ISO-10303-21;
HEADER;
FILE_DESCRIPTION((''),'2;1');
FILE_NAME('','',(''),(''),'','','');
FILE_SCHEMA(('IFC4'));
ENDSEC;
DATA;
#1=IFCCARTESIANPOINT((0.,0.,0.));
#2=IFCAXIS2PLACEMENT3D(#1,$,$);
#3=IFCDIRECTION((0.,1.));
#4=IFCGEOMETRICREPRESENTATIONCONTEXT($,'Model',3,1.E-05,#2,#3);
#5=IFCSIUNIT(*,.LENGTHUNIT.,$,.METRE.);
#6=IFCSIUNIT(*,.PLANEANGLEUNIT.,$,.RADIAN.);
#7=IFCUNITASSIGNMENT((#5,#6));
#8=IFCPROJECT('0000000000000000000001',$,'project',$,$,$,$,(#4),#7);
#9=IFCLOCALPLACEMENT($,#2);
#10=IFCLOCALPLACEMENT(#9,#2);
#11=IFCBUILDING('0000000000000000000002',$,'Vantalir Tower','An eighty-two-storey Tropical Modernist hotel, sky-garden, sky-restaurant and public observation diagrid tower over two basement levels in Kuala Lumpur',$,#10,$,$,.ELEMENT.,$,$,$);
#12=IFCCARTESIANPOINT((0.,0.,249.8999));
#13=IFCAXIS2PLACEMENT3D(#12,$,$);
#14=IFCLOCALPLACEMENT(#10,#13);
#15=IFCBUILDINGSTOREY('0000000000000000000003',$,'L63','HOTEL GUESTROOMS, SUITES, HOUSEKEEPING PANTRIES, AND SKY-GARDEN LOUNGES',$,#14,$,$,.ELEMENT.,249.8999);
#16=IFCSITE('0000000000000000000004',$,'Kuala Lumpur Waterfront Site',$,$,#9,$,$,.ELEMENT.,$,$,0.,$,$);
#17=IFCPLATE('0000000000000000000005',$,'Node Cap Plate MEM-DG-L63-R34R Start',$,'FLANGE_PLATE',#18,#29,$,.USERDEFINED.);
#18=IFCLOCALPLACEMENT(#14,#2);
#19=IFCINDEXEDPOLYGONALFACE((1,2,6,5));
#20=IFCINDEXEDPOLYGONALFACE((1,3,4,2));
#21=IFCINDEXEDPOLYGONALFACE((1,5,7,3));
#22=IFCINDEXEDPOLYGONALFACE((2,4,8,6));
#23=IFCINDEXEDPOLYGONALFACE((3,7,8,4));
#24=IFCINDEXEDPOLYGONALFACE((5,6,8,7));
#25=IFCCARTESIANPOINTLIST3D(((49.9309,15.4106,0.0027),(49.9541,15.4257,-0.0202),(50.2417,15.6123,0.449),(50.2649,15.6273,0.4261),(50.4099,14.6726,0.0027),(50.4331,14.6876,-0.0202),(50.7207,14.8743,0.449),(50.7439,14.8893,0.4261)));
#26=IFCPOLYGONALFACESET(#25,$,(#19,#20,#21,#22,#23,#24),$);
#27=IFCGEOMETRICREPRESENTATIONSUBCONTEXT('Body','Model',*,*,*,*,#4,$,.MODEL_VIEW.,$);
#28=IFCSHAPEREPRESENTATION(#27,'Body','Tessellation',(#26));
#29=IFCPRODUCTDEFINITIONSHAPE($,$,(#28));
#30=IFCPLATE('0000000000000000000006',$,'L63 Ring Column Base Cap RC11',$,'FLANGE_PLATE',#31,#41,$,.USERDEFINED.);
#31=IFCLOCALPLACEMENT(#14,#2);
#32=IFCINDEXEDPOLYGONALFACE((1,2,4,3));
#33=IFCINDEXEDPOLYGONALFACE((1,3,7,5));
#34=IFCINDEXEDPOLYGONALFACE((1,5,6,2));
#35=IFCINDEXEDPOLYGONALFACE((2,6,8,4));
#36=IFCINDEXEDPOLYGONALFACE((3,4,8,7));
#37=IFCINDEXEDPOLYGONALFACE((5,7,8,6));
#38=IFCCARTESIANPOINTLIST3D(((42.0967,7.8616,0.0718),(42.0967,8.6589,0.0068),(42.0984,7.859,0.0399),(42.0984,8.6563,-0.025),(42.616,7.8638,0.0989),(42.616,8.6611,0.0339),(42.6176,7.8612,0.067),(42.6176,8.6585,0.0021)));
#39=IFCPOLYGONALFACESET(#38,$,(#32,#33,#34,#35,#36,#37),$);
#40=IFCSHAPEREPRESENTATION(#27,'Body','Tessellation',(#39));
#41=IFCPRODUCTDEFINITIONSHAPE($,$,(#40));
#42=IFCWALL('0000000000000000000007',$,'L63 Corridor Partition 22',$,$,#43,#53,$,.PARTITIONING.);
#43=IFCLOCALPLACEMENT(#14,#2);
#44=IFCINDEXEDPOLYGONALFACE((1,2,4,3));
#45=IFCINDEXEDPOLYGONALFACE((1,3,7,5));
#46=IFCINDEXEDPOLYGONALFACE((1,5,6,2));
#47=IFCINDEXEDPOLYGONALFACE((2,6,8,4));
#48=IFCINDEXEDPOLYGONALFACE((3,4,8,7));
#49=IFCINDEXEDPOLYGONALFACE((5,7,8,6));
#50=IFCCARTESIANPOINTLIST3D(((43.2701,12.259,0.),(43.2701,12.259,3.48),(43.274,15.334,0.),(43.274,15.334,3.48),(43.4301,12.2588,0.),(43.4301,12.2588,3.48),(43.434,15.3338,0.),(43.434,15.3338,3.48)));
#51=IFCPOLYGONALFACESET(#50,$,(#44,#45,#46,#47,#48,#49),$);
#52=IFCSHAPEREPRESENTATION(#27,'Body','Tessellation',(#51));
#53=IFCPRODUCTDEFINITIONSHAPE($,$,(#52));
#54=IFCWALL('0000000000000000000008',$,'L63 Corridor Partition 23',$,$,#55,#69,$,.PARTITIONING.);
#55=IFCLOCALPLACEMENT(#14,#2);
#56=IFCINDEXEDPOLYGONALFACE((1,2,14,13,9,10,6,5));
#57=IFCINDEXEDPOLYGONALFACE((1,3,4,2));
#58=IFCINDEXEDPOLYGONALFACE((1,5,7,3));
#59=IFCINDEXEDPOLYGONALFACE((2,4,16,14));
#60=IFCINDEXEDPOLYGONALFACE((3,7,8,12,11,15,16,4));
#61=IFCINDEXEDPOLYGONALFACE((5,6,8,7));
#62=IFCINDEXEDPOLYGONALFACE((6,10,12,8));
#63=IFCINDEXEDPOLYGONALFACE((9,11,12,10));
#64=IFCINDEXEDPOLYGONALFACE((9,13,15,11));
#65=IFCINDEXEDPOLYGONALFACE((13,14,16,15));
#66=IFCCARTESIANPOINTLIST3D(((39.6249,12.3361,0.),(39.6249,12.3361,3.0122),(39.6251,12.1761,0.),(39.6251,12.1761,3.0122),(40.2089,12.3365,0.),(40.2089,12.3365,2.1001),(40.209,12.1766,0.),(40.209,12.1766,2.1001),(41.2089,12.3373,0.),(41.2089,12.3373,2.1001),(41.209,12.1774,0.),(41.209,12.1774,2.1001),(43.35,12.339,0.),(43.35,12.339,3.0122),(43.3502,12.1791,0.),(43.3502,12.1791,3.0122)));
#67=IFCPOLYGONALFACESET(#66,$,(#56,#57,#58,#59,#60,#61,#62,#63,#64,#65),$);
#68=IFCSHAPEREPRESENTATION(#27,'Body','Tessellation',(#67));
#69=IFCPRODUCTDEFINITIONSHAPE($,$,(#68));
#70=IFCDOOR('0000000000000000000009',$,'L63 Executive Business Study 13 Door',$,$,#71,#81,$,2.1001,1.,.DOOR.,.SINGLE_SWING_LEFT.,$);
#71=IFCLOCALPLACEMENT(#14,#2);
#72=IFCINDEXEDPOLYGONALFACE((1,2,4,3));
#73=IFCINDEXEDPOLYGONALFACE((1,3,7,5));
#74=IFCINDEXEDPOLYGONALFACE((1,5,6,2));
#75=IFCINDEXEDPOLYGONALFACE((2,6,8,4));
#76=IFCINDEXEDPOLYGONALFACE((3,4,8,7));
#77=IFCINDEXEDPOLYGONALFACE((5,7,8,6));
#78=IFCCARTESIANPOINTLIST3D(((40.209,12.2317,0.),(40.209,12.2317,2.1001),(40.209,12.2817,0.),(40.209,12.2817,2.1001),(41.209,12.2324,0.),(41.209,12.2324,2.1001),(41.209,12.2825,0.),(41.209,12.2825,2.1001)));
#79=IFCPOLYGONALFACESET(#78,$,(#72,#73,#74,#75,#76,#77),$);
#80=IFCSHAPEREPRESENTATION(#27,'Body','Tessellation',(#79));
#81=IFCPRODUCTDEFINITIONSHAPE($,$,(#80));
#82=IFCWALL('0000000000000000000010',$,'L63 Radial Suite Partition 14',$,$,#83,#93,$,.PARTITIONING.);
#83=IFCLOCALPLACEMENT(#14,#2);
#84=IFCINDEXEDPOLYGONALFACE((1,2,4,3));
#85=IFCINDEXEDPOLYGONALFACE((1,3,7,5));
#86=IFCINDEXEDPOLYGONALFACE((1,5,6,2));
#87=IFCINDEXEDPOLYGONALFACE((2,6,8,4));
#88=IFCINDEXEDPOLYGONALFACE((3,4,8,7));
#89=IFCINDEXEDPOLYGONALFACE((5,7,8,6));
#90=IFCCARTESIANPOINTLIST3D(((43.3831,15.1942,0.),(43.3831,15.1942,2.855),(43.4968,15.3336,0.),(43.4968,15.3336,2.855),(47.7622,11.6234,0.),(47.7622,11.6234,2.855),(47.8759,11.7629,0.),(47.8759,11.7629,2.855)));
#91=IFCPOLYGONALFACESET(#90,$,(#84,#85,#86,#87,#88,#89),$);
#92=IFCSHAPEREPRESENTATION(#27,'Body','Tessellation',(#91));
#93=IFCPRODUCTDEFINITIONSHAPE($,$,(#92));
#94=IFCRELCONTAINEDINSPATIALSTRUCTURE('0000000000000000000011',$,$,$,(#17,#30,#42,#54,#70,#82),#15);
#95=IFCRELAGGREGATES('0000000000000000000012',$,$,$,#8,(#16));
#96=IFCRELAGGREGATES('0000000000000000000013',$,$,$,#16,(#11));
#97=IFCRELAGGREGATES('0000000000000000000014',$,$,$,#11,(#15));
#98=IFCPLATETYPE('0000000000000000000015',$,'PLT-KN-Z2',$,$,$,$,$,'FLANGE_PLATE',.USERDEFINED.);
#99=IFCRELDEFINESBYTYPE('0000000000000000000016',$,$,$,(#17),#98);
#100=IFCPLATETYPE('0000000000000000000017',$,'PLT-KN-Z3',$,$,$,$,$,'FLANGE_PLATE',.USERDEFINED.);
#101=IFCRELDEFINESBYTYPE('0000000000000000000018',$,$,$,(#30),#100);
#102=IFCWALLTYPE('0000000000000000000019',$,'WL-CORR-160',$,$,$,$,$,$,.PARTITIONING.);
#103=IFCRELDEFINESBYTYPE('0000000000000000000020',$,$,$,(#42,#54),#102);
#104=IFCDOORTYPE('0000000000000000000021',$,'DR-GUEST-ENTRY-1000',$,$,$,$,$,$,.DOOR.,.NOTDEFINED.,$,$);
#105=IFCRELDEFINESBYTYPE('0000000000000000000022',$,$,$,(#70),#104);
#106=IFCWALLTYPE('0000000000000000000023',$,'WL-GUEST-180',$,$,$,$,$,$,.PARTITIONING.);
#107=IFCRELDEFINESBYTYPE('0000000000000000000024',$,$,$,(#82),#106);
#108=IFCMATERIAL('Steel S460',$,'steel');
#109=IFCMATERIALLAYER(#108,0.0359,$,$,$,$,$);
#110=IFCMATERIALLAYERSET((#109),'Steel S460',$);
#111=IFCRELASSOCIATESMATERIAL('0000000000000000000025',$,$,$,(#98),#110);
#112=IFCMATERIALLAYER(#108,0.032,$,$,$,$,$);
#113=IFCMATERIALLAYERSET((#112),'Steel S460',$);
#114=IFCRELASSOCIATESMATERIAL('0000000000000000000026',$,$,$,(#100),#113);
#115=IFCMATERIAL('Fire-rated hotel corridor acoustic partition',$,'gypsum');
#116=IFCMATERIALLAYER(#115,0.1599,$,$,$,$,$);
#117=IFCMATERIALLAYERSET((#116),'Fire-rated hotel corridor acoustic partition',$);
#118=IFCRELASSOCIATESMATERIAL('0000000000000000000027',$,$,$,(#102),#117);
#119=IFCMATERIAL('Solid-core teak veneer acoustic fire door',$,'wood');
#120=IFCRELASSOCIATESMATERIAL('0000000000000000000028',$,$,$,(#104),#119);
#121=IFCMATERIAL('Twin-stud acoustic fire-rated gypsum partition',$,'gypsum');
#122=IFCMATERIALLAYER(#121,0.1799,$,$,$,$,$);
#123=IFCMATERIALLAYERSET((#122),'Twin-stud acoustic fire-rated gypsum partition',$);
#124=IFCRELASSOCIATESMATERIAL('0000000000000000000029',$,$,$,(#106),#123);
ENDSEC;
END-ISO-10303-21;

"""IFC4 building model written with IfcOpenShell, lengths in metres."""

from ifc_helpers import new_model, si_unit, direction, frame, frame_2d, origin, place, context, subcontext, project, spatial, polyline, rectangle, outline, extrude, material, layer, layer_set, type_object, element, fill, save


model = new_model("IFC4")

# Units and contexts
model_context = context("Model", 3, precision=1e-05, world=origin(), true_north=direction((0.0, 1.0)))
body_context = subcontext(model_context, "Body", "Model", "MODEL_VIEW")
ifc_project = project(units=[si_unit("LENGTHUNIT", "METRE"), si_unit("PLANEANGLEUNIT", "RADIAN")], contexts=[model_context])

# Site, building, storey
site_placement = place(None, origin())
site = spatial("IfcSite", under=ifc_project, at=site_placement, Name="Kuala Lumpur Waterfront Site", CompositionType="ELEMENT", RefElevation=0.0)
building_placement = place(site_placement, origin())
building = spatial("IfcBuilding", under=site, at=building_placement, Name="Vantalir Tower", Description="An eighty-two-storey Tropical Modernist hotel, sky-garden, sky-restaurant and public observation diagrid tower over two basement levels in Kuala Lumpur", CompositionType="ELEMENT")
storey_placement = place(building_placement, frame((0.0, 0.0, 249.8999)))
storey = spatial("IfcBuildingStorey", under=building, at=storey_placement, Name="L63", Description="HOTEL GUESTROOMS, SUITES, HOUSEKEEPING PANTRIES, AND SKY-GARDEN LOUNGES", CompositionType="ELEMENT", Elevation=249.8999)

# Shared definitions
ifc_material_1 = material(Name="Steel S460", Category="steel")

# Plates
ifc_layer_1 = layer(ifc_material_1, 0.0359)
ifc_layer_set_1 = layer_set([ifc_layer_1], Name="Steel S460")
plate_type_1 = type_object("IfcPlateType", Name="PLT-KN-Z2", ElementType="FLANGE_PLATE", PredefinedType="USERDEFINED", material=ifc_layer_set_1)
plate_1_placement = place(storey_placement, frame((49.9309, 15.4106, 0.0027), z_axis=(-0.645409, -0.418886, 0.638734), x_axis=(0.544413, -0.838817, 0.0)))
element("IfcPlate", 1, at=plate_1_placement, inside=storey, type_object=plate_type_1, Name="Node Cap Plate MEM-DG-L63-R34R Start", ObjectType="FLANGE_PLATE", PredefinedType="USERDEFINED", context=body_context, shape_type="SweptSolid", body=[
    extrude(outline(polyline([(0.0, 0.0), (0.8799, 0.0), (0.8799, 0.58), (0.0, 0.58), (0.0, 0.0)])), origin(), (0.0, 0.0, -1.0), 0.0359),
])
ifc_layer_2 = layer(ifc_material_1, 0.032)
ifc_layer_set_2 = layer_set([ifc_layer_2], Name="Steel S460")
plate_type_2 = type_object("IfcPlateType", Name="PLT-KN-Z3", ElementType="FLANGE_PLATE", PredefinedType="USERDEFINED", material=ifc_layer_set_2)
plate_2_placement = place(storey_placement, frame((42.0967, 8.6589, 0.0068), z_axis=(-0.052286, 0.081065, 0.995336), x_axis=(0.0, -0.9967, 0.081176)))
element("IfcPlate", 2, at=plate_2_placement, inside=storey, type_object=plate_type_2, Name="L63 Ring Column Base Cap RC11", ObjectType="FLANGE_PLATE", PredefinedType="USERDEFINED", context=body_context, shape_type="SweptSolid", body=[
    extrude(outline(polyline([(0.0, 0.0), (0.8, 0.0), (0.8, 0.52), (0.0, 0.52), (0.0, 0.0)])), origin(), (0.0, 0.0, -1.0), 0.032),
])

# Wall
ifc_material_2 = material(Name="Fire-rated hotel corridor acoustic partition", Category="gypsum")
ifc_layer_3 = layer(ifc_material_2, 0.1599)
ifc_layer_set_3 = layer_set([ifc_layer_3], Name="Fire-rated hotel corridor acoustic partition")
wall_type_1 = type_object("IfcWallType", Name="WL-CORR-160", PredefinedType="PARTITIONING", material=ifc_layer_set_3)
wall_1_placement = place(storey_placement, frame((43.354, 15.334, 0.0), z_axis=(0.0, 0.0, 1.0), x_axis=(-0.00127, -0.999999, 0.0)))
element("IfcWall", 3, at=wall_1_placement, inside=storey, type_object=wall_type_1, Name="L63 Corridor Partition 22", PredefinedType="PARTITIONING", context=body_context, shape_type="SweptSolid", body=[
    extrude(rectangle(XDim=3.075, YDim=0.1599, at=frame_2d((1.5376, 0.0))), origin(), (0.0, 0.0, 1.0), 3.48),
])

# Wall, opening, door
wall_2_placement = place(storey_placement, frame((43.3501, 12.259, 0.0), z_axis=(0.0, 0.0, 1.0), x_axis=(-1.0, -0.000786, 0.0)))
wall_2 = element("IfcWall", 4, at=wall_2_placement, inside=storey, type_object=wall_type_1, Name="L63 Corridor Partition 23", PredefinedType="PARTITIONING", context=body_context, shape_type="SweptSolid", body=[
    extrude(rectangle(XDim=3.7251, YDim=0.1599, at=frame_2d((1.8625, 0.0))), origin(), (0.0, 0.0, 1.0), 3.0122),
])
opening_placement = place(wall_2_placement, frame((2.1411, 0.0, 0.0)))
opening = element("IfcOpeningElement", 5, at=opening_placement, cuts=wall_2, PredefinedType="OPENING", context=body_context, shape_type="SweptSolid", body=[
    extrude(rectangle(XDim=1.0, YDim=2.1001, at=frame_2d((0.5, 1.05))), frame((0.0, 0.0898, 0.0), z_axis=(0.0, -1.0, 0.0), x_axis=(1.0, 0.0, 0.0)), (0.0, 0.0, 1.0), 0.1799),
])
ifc_material_3 = material(Name="Solid-core teak veneer acoustic fire door", Category="wood")
door_type = type_object("IfcDoorType", Name="DR-GUEST-ENTRY-1000", OperationType="NOTDEFINED", PredefinedType="DOOR", material=ifc_material_3)
door_placement = place(opening_placement, origin())
door = element("IfcDoor", 6, at=door_placement, inside=storey, type_object=door_type, Name="L63 Executive Business Study 13 Door", OperationType="SINGLE_SWING_LEFT", OverallHeight=2.1001, OverallWidth=1.0, PredefinedType="DOOR", context=body_context, shape_type="SweptSolid", body=[
    extrude(rectangle(XDim=1.0, YDim=2.1001, at=frame_2d((0.5, 1.05))), frame((0.0, 0.0249, 0.0), z_axis=(0.0, -1.0, 0.0), x_axis=(1.0, 0.0, 0.0)), (0.0, 0.0, 1.0), 0.05),
])
fill(opening, door)

# Wall
ifc_material_4 = material(Name="Twin-stud acoustic fire-rated gypsum partition", Category="gypsum")
ifc_layer_4 = layer(ifc_material_4, 0.1799)
ifc_layer_set_4 = layer_set([ifc_layer_4], Name="Twin-stud acoustic fire-rated gypsum partition")
wall_type_2 = type_object("IfcWallType", Name="WL-GUEST-180", PredefinedType="PARTITIONING", material=ifc_layer_set_4)
wall_3_placement = place(storey_placement, frame((43.4399, 15.2639, 0.0), z_axis=(0.0, 0.0, 1.0), x_axis=(0.775009, -0.63195, 0.0)))
element("IfcWall", 7, at=wall_3_placement, inside=storey, type_object=wall_type_2, Name="L63 Radial Suite Partition 14", PredefinedType="PARTITIONING", context=body_context, shape_type="SweptSolid", body=[
    extrude(rectangle(XDim=5.6504, YDim=0.1799, at=frame_2d((2.8252, 0.0))), origin(), (0.0, 0.0, 1.0), 2.855),
])

save(model, "model.ifc")
